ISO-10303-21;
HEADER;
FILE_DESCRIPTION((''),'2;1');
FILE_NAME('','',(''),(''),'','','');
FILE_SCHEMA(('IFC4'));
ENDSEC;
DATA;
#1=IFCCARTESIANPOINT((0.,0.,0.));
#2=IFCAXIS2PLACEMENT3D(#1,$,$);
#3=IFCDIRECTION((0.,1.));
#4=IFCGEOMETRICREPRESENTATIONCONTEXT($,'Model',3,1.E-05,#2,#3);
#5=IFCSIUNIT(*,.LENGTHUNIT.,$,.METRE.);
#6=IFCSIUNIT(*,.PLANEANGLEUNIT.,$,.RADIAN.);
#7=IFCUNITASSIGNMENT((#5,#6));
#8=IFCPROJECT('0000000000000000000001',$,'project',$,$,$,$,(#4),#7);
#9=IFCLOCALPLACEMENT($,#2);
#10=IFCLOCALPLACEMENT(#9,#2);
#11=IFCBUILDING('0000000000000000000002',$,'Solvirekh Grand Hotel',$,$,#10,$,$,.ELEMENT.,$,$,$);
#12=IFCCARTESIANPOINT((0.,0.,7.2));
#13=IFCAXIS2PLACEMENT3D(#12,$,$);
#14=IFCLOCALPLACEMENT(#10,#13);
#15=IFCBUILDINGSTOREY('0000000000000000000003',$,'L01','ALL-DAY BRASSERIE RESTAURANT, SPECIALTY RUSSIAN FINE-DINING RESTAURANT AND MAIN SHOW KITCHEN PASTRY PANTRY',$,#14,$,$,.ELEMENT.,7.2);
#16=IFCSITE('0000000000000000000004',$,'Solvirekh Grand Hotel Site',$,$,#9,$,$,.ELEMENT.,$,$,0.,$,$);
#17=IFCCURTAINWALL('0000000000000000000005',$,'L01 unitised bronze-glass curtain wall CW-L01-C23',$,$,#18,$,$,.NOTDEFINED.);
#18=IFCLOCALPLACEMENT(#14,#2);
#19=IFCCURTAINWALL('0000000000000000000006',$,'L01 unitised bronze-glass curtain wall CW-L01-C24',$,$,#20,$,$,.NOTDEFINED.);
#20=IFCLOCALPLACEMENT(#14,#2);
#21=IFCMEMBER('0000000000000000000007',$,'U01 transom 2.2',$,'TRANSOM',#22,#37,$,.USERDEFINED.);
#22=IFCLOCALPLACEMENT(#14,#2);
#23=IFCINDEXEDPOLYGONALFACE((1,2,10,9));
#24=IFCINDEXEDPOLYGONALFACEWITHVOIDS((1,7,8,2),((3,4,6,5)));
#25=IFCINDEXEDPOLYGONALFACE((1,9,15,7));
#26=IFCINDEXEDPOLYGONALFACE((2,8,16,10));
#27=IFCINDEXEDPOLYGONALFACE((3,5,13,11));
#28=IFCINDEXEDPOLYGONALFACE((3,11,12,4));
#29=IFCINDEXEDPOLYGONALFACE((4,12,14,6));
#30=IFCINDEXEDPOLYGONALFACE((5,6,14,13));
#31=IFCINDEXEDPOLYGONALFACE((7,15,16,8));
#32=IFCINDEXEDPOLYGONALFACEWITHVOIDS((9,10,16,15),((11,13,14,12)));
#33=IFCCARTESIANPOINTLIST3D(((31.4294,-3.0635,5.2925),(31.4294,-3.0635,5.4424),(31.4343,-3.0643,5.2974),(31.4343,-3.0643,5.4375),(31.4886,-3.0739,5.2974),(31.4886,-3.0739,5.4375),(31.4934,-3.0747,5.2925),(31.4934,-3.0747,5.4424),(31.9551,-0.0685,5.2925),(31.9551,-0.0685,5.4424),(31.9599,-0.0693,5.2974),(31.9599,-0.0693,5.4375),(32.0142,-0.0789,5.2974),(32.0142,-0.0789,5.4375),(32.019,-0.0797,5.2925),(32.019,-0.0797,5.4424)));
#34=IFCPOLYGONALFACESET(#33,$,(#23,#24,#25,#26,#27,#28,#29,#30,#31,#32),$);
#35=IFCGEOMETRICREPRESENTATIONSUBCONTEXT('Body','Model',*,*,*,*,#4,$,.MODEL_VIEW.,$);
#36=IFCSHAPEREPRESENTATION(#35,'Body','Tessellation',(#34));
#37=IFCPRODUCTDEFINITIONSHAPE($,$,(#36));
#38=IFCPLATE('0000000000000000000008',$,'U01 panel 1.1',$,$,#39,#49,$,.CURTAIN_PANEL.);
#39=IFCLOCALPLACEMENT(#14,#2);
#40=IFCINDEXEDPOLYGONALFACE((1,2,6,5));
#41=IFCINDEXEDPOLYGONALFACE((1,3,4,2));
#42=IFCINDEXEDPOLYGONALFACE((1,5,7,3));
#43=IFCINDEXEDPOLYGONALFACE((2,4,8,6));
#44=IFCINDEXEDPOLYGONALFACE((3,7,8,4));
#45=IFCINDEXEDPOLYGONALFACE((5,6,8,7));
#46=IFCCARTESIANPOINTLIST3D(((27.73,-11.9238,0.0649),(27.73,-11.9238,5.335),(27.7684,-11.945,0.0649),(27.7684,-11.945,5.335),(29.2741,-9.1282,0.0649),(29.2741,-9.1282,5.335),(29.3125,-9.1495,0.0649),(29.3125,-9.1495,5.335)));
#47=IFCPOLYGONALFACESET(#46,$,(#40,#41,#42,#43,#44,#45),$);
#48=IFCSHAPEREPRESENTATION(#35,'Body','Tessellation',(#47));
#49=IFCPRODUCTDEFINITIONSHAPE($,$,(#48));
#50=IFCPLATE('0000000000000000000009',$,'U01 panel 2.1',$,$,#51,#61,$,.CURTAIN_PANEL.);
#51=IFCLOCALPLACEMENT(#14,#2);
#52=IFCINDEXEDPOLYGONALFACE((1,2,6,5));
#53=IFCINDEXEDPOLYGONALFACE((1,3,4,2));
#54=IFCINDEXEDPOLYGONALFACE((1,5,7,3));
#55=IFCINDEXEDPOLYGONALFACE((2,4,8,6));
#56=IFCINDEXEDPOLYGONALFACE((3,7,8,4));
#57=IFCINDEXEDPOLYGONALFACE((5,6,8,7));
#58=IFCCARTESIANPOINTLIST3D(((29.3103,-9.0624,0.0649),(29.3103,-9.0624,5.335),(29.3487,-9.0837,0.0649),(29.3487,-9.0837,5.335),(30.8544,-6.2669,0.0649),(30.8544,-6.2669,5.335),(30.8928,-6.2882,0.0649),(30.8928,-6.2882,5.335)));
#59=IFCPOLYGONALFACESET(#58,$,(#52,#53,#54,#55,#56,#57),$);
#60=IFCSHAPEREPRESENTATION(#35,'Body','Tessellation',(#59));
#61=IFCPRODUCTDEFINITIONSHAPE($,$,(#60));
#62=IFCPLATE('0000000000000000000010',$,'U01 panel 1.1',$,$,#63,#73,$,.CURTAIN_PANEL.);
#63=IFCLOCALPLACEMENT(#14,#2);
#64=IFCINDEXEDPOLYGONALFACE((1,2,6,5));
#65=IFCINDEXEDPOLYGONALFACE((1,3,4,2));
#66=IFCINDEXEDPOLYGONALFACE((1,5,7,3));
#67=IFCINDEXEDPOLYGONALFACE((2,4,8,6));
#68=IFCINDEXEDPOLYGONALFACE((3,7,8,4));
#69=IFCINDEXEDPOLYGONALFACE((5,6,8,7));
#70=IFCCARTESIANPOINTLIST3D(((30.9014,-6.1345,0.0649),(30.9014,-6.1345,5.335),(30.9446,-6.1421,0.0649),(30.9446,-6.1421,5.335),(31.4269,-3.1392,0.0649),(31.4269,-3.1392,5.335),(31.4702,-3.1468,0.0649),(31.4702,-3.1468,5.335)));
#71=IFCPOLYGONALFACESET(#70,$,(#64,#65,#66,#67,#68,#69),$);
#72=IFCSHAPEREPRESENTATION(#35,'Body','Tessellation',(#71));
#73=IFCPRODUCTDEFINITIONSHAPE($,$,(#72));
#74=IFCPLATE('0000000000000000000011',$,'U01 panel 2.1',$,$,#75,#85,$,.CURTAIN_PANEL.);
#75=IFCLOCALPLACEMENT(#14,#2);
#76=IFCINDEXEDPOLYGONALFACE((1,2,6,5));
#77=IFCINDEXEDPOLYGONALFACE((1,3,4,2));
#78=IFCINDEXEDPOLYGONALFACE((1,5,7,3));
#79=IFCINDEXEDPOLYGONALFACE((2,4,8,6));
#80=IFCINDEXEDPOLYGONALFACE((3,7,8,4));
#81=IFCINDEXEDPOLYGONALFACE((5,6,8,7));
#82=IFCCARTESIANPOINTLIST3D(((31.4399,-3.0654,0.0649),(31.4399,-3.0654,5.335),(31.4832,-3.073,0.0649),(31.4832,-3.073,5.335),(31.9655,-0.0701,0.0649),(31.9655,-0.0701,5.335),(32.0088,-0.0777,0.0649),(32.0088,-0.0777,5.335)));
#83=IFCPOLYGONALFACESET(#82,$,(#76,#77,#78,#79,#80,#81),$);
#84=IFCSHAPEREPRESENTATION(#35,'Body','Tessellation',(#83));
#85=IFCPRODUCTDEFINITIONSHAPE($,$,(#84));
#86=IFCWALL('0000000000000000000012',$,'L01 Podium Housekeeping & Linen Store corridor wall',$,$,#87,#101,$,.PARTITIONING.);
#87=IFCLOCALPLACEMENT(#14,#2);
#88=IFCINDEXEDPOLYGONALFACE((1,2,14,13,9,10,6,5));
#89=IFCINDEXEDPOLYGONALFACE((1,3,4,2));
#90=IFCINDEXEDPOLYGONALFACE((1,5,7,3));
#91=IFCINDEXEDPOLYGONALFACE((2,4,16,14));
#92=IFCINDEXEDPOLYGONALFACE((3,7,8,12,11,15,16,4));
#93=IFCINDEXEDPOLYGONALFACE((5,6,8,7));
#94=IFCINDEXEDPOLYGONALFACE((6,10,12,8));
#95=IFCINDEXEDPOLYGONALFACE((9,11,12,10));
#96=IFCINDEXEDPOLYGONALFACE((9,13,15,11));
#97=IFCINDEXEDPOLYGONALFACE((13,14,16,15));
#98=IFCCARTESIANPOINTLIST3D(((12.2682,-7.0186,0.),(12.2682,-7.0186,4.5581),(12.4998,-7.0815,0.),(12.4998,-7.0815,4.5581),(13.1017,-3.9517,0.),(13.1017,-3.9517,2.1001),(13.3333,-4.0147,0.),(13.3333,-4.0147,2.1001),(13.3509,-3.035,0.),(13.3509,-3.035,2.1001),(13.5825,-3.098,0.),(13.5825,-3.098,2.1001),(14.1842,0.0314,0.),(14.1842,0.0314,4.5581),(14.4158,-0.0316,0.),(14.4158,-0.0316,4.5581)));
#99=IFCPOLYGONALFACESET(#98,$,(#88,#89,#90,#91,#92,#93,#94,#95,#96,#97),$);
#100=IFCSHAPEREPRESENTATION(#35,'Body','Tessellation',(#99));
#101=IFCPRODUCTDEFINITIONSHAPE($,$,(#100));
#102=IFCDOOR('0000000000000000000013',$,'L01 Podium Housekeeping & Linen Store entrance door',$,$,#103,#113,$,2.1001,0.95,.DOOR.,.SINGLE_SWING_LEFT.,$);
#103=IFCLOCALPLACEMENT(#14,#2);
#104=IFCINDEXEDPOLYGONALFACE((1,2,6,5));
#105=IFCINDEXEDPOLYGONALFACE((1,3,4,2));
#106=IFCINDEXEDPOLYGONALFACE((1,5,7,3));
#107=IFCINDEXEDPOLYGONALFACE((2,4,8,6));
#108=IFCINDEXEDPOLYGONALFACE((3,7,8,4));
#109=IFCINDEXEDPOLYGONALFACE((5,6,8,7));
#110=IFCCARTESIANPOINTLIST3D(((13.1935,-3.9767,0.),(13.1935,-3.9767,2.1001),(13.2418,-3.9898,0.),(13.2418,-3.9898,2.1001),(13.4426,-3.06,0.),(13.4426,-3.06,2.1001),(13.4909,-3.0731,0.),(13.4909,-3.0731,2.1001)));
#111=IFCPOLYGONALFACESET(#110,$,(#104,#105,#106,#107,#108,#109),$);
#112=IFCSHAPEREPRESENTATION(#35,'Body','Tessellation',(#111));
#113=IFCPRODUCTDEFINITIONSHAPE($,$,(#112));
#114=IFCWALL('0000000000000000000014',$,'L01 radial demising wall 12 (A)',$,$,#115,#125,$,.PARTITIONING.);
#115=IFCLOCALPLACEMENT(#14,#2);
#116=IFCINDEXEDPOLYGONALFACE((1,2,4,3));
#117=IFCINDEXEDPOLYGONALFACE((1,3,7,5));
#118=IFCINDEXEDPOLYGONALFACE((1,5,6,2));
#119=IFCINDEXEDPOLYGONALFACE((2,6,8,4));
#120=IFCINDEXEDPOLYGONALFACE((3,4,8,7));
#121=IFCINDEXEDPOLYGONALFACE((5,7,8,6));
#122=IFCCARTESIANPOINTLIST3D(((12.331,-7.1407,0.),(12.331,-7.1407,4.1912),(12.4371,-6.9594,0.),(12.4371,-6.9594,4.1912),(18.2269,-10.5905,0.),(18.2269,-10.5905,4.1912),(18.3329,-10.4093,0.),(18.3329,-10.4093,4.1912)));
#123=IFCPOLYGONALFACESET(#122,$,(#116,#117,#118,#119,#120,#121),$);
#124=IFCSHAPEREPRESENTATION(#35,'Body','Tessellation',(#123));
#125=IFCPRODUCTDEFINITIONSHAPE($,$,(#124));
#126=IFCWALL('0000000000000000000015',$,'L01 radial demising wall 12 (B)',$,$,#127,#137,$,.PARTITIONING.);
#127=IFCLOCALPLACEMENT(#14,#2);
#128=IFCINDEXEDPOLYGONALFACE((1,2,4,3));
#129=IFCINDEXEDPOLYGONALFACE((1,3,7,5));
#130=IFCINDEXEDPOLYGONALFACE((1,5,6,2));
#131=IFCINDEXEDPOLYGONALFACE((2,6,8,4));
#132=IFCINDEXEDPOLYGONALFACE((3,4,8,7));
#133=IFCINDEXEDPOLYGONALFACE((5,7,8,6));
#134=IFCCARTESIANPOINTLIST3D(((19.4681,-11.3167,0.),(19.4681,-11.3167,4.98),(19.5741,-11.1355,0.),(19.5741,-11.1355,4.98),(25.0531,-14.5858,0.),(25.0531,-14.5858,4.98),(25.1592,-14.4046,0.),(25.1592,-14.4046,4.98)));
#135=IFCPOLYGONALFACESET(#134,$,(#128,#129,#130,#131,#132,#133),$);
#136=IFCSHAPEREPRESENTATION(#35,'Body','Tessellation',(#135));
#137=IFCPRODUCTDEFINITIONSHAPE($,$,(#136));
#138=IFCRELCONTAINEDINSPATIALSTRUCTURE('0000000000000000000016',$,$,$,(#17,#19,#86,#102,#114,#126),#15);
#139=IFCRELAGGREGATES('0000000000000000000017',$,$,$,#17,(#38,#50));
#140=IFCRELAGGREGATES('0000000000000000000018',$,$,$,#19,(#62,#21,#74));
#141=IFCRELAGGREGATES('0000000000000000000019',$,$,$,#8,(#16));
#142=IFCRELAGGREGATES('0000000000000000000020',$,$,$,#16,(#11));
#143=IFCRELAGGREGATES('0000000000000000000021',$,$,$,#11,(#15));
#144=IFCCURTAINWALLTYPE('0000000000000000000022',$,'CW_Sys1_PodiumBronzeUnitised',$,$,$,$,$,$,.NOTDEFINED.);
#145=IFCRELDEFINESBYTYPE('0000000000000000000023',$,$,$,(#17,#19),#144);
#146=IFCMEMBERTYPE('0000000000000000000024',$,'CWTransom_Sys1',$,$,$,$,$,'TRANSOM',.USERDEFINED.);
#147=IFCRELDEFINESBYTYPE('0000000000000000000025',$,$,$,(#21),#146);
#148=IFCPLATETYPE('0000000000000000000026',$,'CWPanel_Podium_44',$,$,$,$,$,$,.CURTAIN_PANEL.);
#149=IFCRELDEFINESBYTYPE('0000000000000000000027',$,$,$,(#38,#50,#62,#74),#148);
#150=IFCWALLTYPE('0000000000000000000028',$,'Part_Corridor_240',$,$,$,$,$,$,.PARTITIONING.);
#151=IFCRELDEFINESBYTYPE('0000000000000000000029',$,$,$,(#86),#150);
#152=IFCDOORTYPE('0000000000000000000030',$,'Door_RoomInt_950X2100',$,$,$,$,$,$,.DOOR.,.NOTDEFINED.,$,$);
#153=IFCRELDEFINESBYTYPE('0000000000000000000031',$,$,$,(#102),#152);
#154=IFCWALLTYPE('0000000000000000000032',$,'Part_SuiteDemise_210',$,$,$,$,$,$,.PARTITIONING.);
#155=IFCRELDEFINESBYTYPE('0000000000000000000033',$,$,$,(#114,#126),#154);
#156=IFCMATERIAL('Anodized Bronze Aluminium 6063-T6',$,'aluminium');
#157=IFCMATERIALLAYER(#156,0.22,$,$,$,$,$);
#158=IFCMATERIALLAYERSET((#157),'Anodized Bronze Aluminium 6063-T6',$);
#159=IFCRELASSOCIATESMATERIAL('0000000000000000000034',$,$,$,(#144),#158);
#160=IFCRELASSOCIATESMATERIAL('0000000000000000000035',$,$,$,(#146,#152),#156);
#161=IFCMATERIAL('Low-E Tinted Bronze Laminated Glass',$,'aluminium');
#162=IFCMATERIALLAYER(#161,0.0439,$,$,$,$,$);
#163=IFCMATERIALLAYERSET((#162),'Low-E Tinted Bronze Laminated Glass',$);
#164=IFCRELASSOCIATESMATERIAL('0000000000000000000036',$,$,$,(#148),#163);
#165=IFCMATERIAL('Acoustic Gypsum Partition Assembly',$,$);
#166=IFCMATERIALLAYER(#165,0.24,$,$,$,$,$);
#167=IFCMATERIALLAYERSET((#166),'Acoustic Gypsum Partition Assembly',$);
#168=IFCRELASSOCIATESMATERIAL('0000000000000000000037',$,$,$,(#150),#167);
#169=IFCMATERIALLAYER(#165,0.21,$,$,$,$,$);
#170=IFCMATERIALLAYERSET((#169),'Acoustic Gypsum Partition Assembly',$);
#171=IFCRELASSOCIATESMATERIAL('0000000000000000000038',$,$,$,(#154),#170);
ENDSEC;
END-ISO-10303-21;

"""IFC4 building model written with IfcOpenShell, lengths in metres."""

from ifc_helpers import new_model, si_unit, direction, frame, frame_2d, origin, origin_2d, place, context, subcontext, project, spatial, rectangle, hollow_rectangle, extrude, source, transform, mapped, material, layer, layer_set, material_profile, profile_set, type_object, element, fill, aggregate, save


model = new_model("IFC4")

# Units and contexts
model_context = context("Model", 3, precision=1e-05, world=origin(), true_north=direction((0.0, 1.0)))
body_context = subcontext(model_context, "Body", "Model", "MODEL_VIEW")
ifc_project = project(units=[si_unit("LENGTHUNIT", "METRE"), si_unit("PLANEANGLEUNIT", "RADIAN")], contexts=[model_context])

# Site, building, storey
site_placement = place(None, origin())
site = spatial("IfcSite", under=ifc_project, at=site_placement, Name="Solvirekh Grand Hotel Site", CompositionType="ELEMENT", RefElevation=0.0)
building_placement = place(site_placement, origin())
building = spatial("IfcBuilding", under=site, at=building_placement, Name="Solvirekh Grand Hotel", CompositionType="ELEMENT")
storey_placement = place(building_placement, frame((0.0, 0.0, 7.2)))
storey = spatial("IfcBuildingStorey", under=building, at=storey_placement, Name="L01", Description="ALL-DAY BRASSERIE RESTAURANT, SPECIALTY RUSSIAN FINE-DINING RESTAURANT AND MAIN SHOW KITCHEN PASTRY PANTRY", CompositionType="ELEMENT", Elevation=7.2)

# Curtain walls
ifc_material_1 = material(Name="Anodized Bronze Aluminium 6063-T6", Category="aluminium")
ifc_layer_1 = layer(ifc_material_1, 0.22)
ifc_layer_set_1 = layer_set([ifc_layer_1], Name="Anodized Bronze Aluminium 6063-T6")
curtain_wall_type = type_object("IfcCurtainWallType", Name="CW_Sys1_PodiumBronzeUnitised", PredefinedType="NOTDEFINED", material=ifc_layer_set_1)
curtain_wall_1_placement = place(storey_placement, origin())
curtain_wall_1 = element("IfcCurtainWall", 1, at=curtain_wall_1_placement, inside=storey, type_object=curtain_wall_type, Name="L01 unitised bronze-glass curtain wall CW-L01-C23", PredefinedType="NOTDEFINED")
curtain_wall_2_placement = place(storey_placement, origin())
curtain_wall_2 = element("IfcCurtainWall", 2, at=curtain_wall_2_placement, inside=storey, type_object=curtain_wall_type, Name="L01 unitised bronze-glass curtain wall CW-L01-C24", PredefinedType="NOTDEFINED")

# Member
ifc_material_profile_1 = material_profile(ifc_material_1, hollow_rectangle(XDim=0.0649, YDim=0.1499, WallThickness=0.0049, at=origin_2d()), Name="ALU RHS 150X65X5")
ifc_profile_set_1 = profile_set([ifc_material_profile_1], Name="Anodized Bronze Aluminium 6063-T6")
member_type_1 = type_object("IfcMemberType", Name="CWTransom_Sys1", ElementType="TRANSOM", PredefinedType="USERDEFINED", material=ifc_profile_set_1)
shared_shape_1 = source(origin(), body_context, "Body", "SweptSolid", [
    extrude(hollow_rectangle(XDim=0.0649, YDim=0.1499, WallThickness=0.0049, at=origin_2d()), origin(), (0.0, 0.0, 1.0), 3.0408),
])
member_1_placement = place(storey_placement, frame((31.4614, -3.0691, 5.3674), z_axis=(0.172856, 0.984947, 0.0), x_axis=(-0.984947, 0.172856, 0.0)))
member_1 = element("IfcMember", 3, at=member_1_placement, type_object=member_type_1, Name="U01 transom 2.2", ObjectType="TRANSOM", PredefinedType="USERDEFINED", context=body_context, shape_type="MappedRepresentation", body=[
    mapped(shared_shape_1, transform((0.0, 0.0, 0.0), x_axis=(1.0, 0.0, 0.0), y_axis=(0.0, 1.0, 0.0), z_axis=(0.0, 0.0, 1.0), scale=1.0)),
])

# Plates
ifc_material_2 = material(Name="Low-E Tinted Bronze Laminated Glass", Category="aluminium")
ifc_layer_2 = layer(ifc_material_2, 0.0439)
ifc_layer_set_2 = layer_set([ifc_layer_2], Name="Low-E Tinted Bronze Laminated Glass")
plate_type = type_object("IfcPlateType", Name="CWPanel_Podium_44", PredefinedType="CURTAIN_PANEL", material=ifc_layer_set_2)
shared_shape_2 = source(origin(), body_context, "Body", "SweptSolid", [
    extrude(rectangle(XDim=3.1936, YDim=0.0439, at=origin_2d()), origin(), (0.0, 0.0, 1.0), 5.27),
])
plate_1_placement = place(storey_placement, frame((28.5212, -10.5366, 0.0649), z_axis=(0.0, 0.0, 1.0), x_axis=(0.483497, 0.875346, 0.0)))
plate_1 = element("IfcPlate", 4, at=plate_1_placement, type_object=plate_type, Name="U01 panel 1.1", PredefinedType="CURTAIN_PANEL", context=body_context, shape_type="MappedRepresentation", body=[
    mapped(shared_shape_2, transform((0.0, 0.0, 0.0), x_axis=(1.0, 0.0, 0.0), y_axis=(0.0, 1.0, 0.0), z_axis=(0.0, 0.0, 1.0), scale=1.0)),
])
plate_2_placement = place(storey_placement, frame((30.1016, -7.6753, 0.0649), z_axis=(0.0, 0.0, 1.0), x_axis=(0.483497, 0.875346, 0.0)))
plate_2 = element("IfcPlate", 5, at=plate_2_placement, type_object=plate_type, Name="U01 panel 2.1", PredefinedType="CURTAIN_PANEL", context=body_context, shape_type="MappedRepresentation", body=[
    mapped(shared_shape_2, transform((0.0, 0.0, 0.0), x_axis=(1.0, 0.0, 0.0), y_axis=(0.0, 1.0, 0.0), z_axis=(0.0, 0.0, 1.0), scale=1.0)),
])
aggregate(curtain_wall_1, [plate_1, plate_2])
shared_shape_3 = source(origin(), body_context, "Body", "SweptSolid", [
    extrude(rectangle(XDim=3.041, YDim=0.0439, at=origin_2d()), origin(), (0.0, 0.0, 1.0), 5.27),
])
plate_3_placement = place(storey_placement, frame((31.1858, -4.6406, 0.0649), z_axis=(0.0, 0.0, 1.0), x_axis=(0.172826, 0.984952, 0.0)))
plate_3 = element("IfcPlate", 6, at=plate_3_placement, type_object=plate_type, Name="U01 panel 1.1", PredefinedType="CURTAIN_PANEL", context=body_context, shape_type="MappedRepresentation", body=[
    mapped(shared_shape_3, transform((0.0, 0.0, 0.0), x_axis=(1.0, 0.0, 0.0), y_axis=(0.0, 1.0, 0.0), z_axis=(0.0, 0.0, 1.0), scale=1.0)),
])
plate_4_placement = place(storey_placement, frame((31.7244, -1.5715, 0.0649), z_axis=(0.0, 0.0, 1.0), x_axis=(0.172826, 0.984952, 0.0)))
plate_4 = element("IfcPlate", 7, at=plate_4_placement, type_object=plate_type, Name="U01 panel 2.1", PredefinedType="CURTAIN_PANEL", context=body_context, shape_type="MappedRepresentation", body=[
    mapped(shared_shape_3, transform((0.0, 0.0, 0.0), x_axis=(1.0, 0.0, 0.0), y_axis=(0.0, 1.0, 0.0), z_axis=(0.0, 0.0, 1.0), scale=1.0)),
])
aggregate(curtain_wall_2, [plate_3, member_1, plate_4])

# Wall, opening, door
ifc_material_3 = material(Name="Acoustic Gypsum Partition Assembly")
ifc_layer_3 = layer(ifc_material_3, 0.24)
ifc_layer_set_3 = layer_set([ifc_layer_3], Name="Acoustic Gypsum Partition Assembly")
wall_type_1 = type_object("IfcWallType", Name="Part_Corridor_240", PredefinedType="PARTITIONING", material=ifc_layer_set_3)
wall_1_placement = place(storey_placement, frame((12.384, -7.05, 0.0), z_axis=(0.0, 0.0, 1.0), x_axis=(0.262261, 0.964997, 0.0)))
wall_1 = element("IfcWall", 8, at=wall_1_placement, inside=storey, type_object=wall_type_1, Name="L01 Podium Housekeeping & Linen Store corridor wall", PredefinedType="PARTITIONING", context=body_context, shape_type="SweptSolid", body=[
    extrude(rectangle(XDim=7.3057, YDim=0.24, at=frame_2d((3.6528, 0.0))), origin(), (0.0, 0.0, 1.0), 4.5581),
])
opening_placement = place(wall_1_placement, frame((3.178, 0.0, 0.0)))
opening = element("IfcOpeningElement", 9, at=opening_placement, cuts=wall_1, PredefinedType="OPENING", context=body_context, shape_type="SweptSolid", body=[
    extrude(rectangle(XDim=0.95, YDim=2.1001, at=frame_2d((0.4751, 1.05))), frame((0.0, 0.1299, 0.0), z_axis=(0.0, -1.0, 0.0), x_axis=(1.0, 0.0, 0.0)), (0.0, 0.0, 1.0), 0.26),
])
door_type = type_object("IfcDoorType", Name="Door_RoomInt_950X2100", OperationType="NOTDEFINED", PredefinedType="DOOR", material=ifc_material_1)
door_placement = place(opening_placement, origin())
door = element("IfcDoor", 10, at=door_placement, inside=storey, type_object=door_type, Name="L01 Podium Housekeeping & Linen Store entrance door", OperationType="SINGLE_SWING_LEFT", OverallHeight=2.1001, OverallWidth=0.95, PredefinedType="DOOR", context=body_context, shape_type="SweptSolid", body=[
    extrude(rectangle(XDim=0.95, YDim=2.1001, at=frame_2d((0.4751, 1.05))), frame((0.0, 0.0249, 0.0), z_axis=(0.0, -1.0, 0.0), x_axis=(1.0, 0.0, 0.0)), (0.0, 0.0, 1.0), 0.05),
])
fill(opening, door)

# Walls
ifc_layer_4 = layer(ifc_material_3, 0.21)
ifc_layer_set_4 = layer_set([ifc_layer_4], Name="Acoustic Gypsum Partition Assembly")
wall_type_2 = type_object("IfcWallType", Name="Part_SuiteDemise_210", PredefinedType="PARTITIONING", material=ifc_layer_set_4)
wall_2_placement = place(storey_placement, frame((12.384, -7.05, 0.0), z_axis=(0.0, 0.0, 1.0), x_axis=(0.863101, -0.505031, 0.0)))
element("IfcWall", 11, at=wall_2_placement, inside=storey, type_object=wall_type_2, Name="L01 radial demising wall 12 (A)", PredefinedType="PARTITIONING", context=body_context, shape_type="SweptSolid", body=[
    extrude(rectangle(XDim=6.8311, YDim=0.21, at=frame_2d((3.4155, 0.0))), origin(), (0.0, 0.0, 1.0), 4.1912),
])
wall_3_placement = place(storey_placement, frame((19.521, -11.2261, 0.0), z_axis=(0.0, 0.0, 1.0), x_axis=(0.863028, -0.505156, 0.0)))
element("IfcWall", 12, at=wall_3_placement, inside=storey, type_object=wall_type_2, Name="L01 radial demising wall 12 (B)", PredefinedType="PARTITIONING", context=body_context, shape_type="SweptSolid", body=[
    extrude(rectangle(XDim=6.4714, YDim=0.21, at=frame_2d((3.2358, 0.0))), origin(), (0.0, 0.0, 1.0), 4.98),
])

save(model, "model.ifc")
